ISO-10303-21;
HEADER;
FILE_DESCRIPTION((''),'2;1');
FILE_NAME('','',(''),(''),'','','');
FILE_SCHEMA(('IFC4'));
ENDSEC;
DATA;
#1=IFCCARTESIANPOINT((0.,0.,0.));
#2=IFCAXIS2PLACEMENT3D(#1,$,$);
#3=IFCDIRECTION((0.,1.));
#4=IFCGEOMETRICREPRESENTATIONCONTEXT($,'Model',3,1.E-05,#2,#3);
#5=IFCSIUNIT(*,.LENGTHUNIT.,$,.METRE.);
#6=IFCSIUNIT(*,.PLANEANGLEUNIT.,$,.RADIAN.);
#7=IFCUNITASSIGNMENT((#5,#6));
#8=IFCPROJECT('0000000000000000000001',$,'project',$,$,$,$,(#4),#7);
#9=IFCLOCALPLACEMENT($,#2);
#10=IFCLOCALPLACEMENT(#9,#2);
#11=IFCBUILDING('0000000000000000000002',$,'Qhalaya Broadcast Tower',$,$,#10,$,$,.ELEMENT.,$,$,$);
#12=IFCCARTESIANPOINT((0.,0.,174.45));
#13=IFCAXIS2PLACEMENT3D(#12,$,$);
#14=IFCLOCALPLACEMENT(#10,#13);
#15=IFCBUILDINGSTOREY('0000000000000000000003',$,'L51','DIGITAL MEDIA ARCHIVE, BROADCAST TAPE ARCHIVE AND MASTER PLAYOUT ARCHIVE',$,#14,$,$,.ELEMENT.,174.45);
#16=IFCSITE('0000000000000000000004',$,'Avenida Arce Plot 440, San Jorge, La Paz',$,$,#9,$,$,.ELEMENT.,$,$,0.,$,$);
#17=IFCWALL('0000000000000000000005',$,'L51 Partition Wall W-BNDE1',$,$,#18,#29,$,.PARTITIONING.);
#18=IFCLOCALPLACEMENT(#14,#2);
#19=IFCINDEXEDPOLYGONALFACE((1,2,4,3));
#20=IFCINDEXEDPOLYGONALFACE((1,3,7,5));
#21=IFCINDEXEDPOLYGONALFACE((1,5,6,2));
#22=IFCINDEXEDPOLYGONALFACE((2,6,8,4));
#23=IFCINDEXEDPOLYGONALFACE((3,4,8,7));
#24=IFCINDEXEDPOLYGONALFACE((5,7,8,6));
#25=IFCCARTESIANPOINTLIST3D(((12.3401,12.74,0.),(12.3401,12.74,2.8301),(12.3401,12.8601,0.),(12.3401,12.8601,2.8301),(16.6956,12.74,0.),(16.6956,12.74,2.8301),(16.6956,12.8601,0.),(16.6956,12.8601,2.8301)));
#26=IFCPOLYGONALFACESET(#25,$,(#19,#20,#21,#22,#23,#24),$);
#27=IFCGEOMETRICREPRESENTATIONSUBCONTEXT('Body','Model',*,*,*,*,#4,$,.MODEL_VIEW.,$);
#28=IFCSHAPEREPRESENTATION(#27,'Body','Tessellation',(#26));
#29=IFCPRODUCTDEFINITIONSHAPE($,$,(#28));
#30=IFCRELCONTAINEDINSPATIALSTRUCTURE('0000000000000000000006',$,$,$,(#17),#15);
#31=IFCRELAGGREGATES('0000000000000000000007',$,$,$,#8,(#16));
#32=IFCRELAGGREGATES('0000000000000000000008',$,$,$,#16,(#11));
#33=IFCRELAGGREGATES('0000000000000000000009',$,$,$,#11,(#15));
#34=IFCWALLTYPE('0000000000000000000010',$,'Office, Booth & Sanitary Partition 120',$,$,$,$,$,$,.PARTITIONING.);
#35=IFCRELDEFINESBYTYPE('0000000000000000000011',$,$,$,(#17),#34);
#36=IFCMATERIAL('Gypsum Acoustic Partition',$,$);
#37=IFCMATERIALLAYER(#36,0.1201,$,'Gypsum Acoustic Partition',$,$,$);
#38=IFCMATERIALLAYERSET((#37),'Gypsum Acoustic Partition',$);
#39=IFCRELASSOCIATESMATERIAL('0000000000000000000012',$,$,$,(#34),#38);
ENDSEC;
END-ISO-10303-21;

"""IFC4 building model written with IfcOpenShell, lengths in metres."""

from ifc_helpers import new_model, si_unit, direction, frame, frame_2d, origin, place, context, subcontext, project, spatial, rectangle, extrude, material, layer, layer_set, type_object, element, save


model = new_model("IFC4")

# Units and contexts
model_context = context("Model", 3, precision=1e-05, world=origin(), true_north=direction((0.0, 1.0)))
body_context = subcontext(model_context, "Body", "Model", "MODEL_VIEW")
ifc_project = project(units=[si_unit("LENGTHUNIT", "METRE"), si_unit("PLANEANGLEUNIT", "RADIAN")], contexts=[model_context])

# Site, building, storey
site_placement = place(None, origin())
site = spatial("IfcSite", under=ifc_project, at=site_placement, Name="Avenida Arce Plot 440, San Jorge, La Paz", CompositionType="ELEMENT", RefElevation=0.0)
building_placement = place(site_placement, origin())
building = spatial("IfcBuilding", under=site, at=building_placement, Name="Qhalaya Broadcast Tower", CompositionType="ELEMENT")
storey_placement = place(building_placement, frame((0.0, 0.0, 174.45)))
storey = spatial("IfcBuildingStorey", under=building, at=storey_placement, Name="L51", Description="DIGITAL MEDIA ARCHIVE, BROADCAST TAPE ARCHIVE AND MASTER PLAYOUT ARCHIVE", CompositionType="ELEMENT", Elevation=174.45)

# Wall
ifc_material_1 = material(Name="Gypsum Acoustic Partition")
ifc_layer_1 = layer(ifc_material_1, 0.1201, Name="Gypsum Acoustic Partition")
ifc_layer_set_1 = layer_set([ifc_layer_1], Name="Gypsum Acoustic Partition")
wall_type = type_object("IfcWallType", Name="Office, Booth & Sanitary Partition 120", PredefinedType="PARTITIONING", material=ifc_layer_set_1)
wall_placement = place(storey_placement, frame((12.3401, 12.8, 0.0), z_axis=(0.0, 0.0, 1.0), x_axis=(1.0, 0.0, 0.0)))
element("IfcWall", 1, at=wall_placement, inside=storey, type_object=wall_type, Name="L51 Partition Wall W-BNDE1", PredefinedType="PARTITIONING", context=body_context, shape_type="SweptSolid", body=[
    extrude(rectangle(XDim=4.3555, YDim=0.1201, at=frame_2d((2.1777, 0.0))), origin(), (0.0, 0.0, 1.0), 2.8301),
])

save(model, "model.ifc")
